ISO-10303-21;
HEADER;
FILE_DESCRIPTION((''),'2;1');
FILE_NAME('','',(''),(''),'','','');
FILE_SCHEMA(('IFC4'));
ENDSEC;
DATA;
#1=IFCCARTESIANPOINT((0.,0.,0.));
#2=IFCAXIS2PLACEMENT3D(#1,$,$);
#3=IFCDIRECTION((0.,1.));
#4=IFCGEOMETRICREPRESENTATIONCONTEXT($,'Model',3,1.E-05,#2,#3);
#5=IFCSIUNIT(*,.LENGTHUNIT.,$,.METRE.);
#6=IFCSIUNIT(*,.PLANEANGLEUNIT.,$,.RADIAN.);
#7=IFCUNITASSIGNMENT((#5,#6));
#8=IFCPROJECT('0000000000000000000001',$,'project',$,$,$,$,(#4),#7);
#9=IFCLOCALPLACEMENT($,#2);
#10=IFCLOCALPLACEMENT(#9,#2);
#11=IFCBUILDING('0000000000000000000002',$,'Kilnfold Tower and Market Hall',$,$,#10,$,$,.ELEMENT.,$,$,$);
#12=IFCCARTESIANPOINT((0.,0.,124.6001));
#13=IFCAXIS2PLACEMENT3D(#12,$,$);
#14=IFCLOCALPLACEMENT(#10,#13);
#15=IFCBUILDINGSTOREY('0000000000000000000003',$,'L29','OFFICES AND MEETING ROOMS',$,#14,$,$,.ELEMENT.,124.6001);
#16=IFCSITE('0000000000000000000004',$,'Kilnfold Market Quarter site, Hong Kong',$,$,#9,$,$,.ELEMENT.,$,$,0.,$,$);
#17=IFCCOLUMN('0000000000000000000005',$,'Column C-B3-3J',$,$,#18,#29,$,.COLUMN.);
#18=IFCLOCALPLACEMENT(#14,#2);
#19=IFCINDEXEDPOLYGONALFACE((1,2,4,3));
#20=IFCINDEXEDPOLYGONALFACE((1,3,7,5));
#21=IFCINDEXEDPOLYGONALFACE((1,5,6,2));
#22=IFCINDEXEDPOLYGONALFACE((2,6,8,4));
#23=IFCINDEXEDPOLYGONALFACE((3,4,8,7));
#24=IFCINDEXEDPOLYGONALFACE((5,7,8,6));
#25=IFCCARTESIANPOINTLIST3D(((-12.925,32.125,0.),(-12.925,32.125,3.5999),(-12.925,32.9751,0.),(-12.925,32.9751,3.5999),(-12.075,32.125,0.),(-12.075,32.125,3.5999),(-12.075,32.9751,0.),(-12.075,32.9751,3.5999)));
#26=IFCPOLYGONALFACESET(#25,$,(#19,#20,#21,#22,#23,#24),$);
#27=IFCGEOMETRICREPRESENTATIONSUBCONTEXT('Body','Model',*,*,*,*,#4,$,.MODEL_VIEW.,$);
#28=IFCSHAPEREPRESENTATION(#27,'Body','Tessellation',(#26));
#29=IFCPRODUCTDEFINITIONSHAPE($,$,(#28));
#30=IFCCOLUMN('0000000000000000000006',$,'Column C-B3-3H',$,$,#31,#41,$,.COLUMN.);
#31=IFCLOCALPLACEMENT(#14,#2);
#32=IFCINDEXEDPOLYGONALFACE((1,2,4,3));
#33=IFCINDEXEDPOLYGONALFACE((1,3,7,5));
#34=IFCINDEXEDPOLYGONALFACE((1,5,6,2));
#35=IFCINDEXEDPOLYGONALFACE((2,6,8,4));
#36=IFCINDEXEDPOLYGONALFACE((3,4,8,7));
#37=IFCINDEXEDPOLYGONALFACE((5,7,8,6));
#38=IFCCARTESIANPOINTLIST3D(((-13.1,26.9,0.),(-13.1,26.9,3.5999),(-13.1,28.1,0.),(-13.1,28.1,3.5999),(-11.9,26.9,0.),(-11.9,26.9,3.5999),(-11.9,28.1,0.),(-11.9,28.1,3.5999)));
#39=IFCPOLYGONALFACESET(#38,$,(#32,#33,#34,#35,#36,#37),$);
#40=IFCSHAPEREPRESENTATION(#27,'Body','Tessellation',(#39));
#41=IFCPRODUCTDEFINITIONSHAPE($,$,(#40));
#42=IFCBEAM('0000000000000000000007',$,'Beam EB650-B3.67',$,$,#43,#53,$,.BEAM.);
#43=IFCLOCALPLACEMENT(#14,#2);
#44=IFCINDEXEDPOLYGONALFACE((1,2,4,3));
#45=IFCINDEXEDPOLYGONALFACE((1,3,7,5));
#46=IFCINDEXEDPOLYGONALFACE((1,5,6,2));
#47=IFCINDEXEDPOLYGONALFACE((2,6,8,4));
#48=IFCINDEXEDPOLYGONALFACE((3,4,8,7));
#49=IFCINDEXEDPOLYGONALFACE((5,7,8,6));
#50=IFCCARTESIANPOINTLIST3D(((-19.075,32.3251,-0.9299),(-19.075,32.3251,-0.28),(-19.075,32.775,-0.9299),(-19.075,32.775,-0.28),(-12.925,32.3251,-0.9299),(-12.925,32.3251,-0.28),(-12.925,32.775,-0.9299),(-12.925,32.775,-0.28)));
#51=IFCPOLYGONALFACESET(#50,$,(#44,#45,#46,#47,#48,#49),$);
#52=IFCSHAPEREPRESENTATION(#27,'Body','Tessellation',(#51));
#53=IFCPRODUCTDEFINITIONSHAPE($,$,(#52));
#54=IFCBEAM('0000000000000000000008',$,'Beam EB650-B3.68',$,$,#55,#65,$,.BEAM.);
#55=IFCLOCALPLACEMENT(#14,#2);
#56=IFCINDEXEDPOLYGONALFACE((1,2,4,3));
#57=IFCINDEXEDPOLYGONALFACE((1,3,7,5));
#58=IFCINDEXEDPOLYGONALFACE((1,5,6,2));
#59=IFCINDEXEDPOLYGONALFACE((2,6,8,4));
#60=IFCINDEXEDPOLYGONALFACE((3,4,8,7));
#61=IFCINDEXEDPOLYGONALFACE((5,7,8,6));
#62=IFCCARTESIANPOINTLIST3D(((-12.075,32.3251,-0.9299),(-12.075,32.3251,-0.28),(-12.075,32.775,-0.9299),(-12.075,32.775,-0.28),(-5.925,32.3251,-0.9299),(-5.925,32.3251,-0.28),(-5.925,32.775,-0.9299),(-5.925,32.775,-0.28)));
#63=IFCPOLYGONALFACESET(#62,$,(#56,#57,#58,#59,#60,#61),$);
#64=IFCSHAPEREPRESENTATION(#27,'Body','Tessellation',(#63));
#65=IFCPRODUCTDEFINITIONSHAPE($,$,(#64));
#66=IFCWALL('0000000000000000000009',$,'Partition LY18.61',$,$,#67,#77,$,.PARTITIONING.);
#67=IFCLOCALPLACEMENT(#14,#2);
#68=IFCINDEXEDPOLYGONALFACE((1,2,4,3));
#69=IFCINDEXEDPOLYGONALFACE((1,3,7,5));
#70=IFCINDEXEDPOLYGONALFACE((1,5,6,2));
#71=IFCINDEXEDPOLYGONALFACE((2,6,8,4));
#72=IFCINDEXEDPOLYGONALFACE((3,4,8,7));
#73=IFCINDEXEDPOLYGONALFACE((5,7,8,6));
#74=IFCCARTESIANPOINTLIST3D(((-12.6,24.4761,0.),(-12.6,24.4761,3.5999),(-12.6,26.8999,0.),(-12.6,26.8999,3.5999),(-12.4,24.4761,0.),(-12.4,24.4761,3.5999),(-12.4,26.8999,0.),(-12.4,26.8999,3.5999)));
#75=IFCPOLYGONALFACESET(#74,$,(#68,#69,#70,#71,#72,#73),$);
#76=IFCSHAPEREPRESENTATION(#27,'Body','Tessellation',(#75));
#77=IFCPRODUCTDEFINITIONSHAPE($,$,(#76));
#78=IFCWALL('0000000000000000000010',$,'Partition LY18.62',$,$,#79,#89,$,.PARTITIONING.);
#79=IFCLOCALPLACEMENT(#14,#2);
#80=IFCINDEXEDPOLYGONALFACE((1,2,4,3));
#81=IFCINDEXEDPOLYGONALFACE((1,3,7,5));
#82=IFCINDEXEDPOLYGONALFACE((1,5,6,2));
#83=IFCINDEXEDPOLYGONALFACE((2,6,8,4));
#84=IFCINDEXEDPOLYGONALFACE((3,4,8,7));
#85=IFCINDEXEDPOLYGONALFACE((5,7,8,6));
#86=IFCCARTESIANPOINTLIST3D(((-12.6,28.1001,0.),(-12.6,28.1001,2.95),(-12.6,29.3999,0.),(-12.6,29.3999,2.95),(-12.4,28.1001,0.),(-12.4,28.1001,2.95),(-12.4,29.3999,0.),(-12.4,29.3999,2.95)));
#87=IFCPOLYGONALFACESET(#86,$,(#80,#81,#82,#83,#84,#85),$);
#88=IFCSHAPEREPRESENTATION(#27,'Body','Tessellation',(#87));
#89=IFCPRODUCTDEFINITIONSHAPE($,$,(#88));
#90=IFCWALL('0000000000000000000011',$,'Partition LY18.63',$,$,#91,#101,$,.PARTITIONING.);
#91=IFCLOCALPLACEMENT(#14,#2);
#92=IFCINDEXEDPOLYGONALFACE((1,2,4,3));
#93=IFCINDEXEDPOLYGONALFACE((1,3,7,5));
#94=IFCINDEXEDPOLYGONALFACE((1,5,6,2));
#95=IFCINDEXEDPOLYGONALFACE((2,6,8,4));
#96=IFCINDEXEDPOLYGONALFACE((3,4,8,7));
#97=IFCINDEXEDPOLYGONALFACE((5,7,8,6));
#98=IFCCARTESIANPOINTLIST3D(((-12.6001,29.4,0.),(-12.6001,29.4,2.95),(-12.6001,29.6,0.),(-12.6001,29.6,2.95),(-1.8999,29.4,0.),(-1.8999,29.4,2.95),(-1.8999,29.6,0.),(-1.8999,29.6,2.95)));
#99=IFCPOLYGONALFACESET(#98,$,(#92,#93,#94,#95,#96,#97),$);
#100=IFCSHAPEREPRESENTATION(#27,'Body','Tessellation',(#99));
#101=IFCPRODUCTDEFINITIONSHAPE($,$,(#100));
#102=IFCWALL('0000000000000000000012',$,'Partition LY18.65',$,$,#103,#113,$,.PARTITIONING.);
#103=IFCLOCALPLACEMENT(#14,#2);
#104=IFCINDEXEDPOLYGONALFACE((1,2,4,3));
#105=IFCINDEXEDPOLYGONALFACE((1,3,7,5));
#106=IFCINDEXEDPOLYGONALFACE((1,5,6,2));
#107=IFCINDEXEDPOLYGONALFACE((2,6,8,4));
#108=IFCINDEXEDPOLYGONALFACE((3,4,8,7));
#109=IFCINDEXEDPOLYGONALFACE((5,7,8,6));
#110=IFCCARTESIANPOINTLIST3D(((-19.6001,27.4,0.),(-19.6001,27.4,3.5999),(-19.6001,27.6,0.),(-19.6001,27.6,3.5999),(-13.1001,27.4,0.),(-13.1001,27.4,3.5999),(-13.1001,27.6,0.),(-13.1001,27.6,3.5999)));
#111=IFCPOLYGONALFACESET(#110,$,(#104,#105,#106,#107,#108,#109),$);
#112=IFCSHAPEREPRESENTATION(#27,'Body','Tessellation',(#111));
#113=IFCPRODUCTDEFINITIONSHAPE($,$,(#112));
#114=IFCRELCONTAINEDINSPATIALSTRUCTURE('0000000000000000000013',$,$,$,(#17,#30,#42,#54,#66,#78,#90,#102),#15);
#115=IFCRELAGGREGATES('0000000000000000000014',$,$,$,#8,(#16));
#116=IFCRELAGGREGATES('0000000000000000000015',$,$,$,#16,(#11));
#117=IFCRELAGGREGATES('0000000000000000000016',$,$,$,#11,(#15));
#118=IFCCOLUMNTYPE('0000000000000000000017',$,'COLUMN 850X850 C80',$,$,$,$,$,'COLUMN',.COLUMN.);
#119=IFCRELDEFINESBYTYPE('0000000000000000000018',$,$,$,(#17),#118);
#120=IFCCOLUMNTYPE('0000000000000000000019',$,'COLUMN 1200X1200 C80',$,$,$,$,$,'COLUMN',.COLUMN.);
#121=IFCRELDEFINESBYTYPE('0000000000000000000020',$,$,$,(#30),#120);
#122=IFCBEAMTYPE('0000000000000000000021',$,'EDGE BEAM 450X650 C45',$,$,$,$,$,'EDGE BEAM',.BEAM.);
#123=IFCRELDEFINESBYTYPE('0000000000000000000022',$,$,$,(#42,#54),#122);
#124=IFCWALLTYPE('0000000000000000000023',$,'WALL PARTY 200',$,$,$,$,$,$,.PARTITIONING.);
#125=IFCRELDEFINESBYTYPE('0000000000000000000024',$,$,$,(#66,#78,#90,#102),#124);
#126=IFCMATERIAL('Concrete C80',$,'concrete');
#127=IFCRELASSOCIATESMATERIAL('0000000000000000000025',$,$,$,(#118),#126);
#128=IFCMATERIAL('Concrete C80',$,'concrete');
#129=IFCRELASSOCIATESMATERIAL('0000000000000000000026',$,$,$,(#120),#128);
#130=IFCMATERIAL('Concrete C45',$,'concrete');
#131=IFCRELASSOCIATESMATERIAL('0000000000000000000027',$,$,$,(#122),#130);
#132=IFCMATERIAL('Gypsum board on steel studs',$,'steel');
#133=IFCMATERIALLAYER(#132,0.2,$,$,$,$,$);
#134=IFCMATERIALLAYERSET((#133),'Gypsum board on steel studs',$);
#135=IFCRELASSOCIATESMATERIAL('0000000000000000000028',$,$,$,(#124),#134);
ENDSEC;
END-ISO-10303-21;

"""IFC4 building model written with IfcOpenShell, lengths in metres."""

from ifc_helpers import new_model, si_unit, direction, frame, frame_2d, origin, origin_2d, place, context, subcontext, project, spatial, rectangle, extrude, source, transform, mapped, material, layer, layer_set, material_profile, profile_set, type_object, element, save


model = new_model("IFC4")

# Units and contexts
model_context = context("Model", 3, precision=1e-05, world=origin(), true_north=direction((0.0, 1.0)))
body_context = subcontext(model_context, "Body", "Model", "MODEL_VIEW")
ifc_project = project(units=[si_unit("LENGTHUNIT", "METRE"), si_unit("PLANEANGLEUNIT", "RADIAN")], contexts=[model_context])

# Site, building, storey
site_placement = place(None, origin())
site = spatial("IfcSite", under=ifc_project, at=site_placement, Name="Kilnfold Market Quarter site, Hong Kong", CompositionType="ELEMENT", RefElevation=0.0)
building_placement = place(site_placement, origin())
building = spatial("IfcBuilding", under=site, at=building_placement, Name="Kilnfold Tower and Market Hall", CompositionType="ELEMENT")
storey_placement = place(building_placement, frame((0.0, 0.0, 124.6001)))
storey = spatial("IfcBuildingStorey", under=building, at=storey_placement, Name="L29", Description="OFFICES AND MEETING ROOMS", CompositionType="ELEMENT", Elevation=124.6001)

# Columns
ifc_material_1 = material(Name="Concrete C80", Category="concrete")
ifc_material_profile_1 = material_profile(ifc_material_1, rectangle(XDim=0.8501, YDim=0.8501, at=origin_2d()), Name="RC 850x850")
ifc_profile_set_1 = profile_set([ifc_material_profile_1], Name="Concrete C80")
column_type_1 = type_object("IfcColumnType", Name="COLUMN 850X850 C80", ElementType="COLUMN", PredefinedType="COLUMN", material=ifc_profile_set_1)
shared_shape_1 = source(origin(), body_context, "Body", "SweptSolid", [
    extrude(rectangle(XDim=0.8501, YDim=0.8501, at=origin_2d()), origin(), (0.0, 0.0, 1.0), 3.5999),
])
column_1_placement = place(storey_placement, frame((-12.5, 32.55, 0.0), z_axis=(0.0, 0.0, 1.0), x_axis=(1.0, 0.0, 0.0)))
element("IfcColumn", 1, at=column_1_placement, inside=storey, type_object=column_type_1, Name="Column C-B3-3J", PredefinedType="COLUMN", context=body_context, shape_type="MappedRepresentation", body=[
    mapped(shared_shape_1, transform((0.0, 0.0, 0.0))),
])
ifc_material_2 = material(Name="Concrete C80", Category="concrete")
ifc_material_profile_2 = material_profile(ifc_material_2, rectangle(XDim=1.2, YDim=1.2, at=origin_2d()), Name="RC 1200x1200")
ifc_profile_set_2 = profile_set([ifc_material_profile_2], Name="Concrete C80")
column_type_2 = type_object("IfcColumnType", Name="COLUMN 1200X1200 C80", ElementType="COLUMN", PredefinedType="COLUMN", material=ifc_profile_set_2)
shared_shape_2 = source(origin(), body_context, "Body", "SweptSolid", [
    extrude(rectangle(XDim=1.2, YDim=1.2, at=origin_2d()), origin(), (0.0, 0.0, 1.0), 3.5999),
])
column_2_placement = place(storey_placement, frame((-12.5, 27.5, 0.0), z_axis=(0.0, 0.0, 1.0), x_axis=(1.0, 0.0, 0.0)))
element("IfcColumn", 2, at=column_2_placement, inside=storey, type_object=column_type_2, Name="Column C-B3-3H", PredefinedType="COLUMN", context=body_context, shape_type="MappedRepresentation", body=[
    mapped(shared_shape_2, transform((0.0, 0.0, 0.0))),
])

# Beams
ifc_material_3 = material(Name="Concrete C45", Category="concrete")
ifc_material_profile_3 = material_profile(ifc_material_3, rectangle(XDim=0.45, YDim=0.6499, at=origin_2d()), Name="RC 450x650")
ifc_profile_set_3 = profile_set([ifc_material_profile_3], Name="Concrete C45")
beam_type = type_object("IfcBeamType", Name="EDGE BEAM 450X650 C45", ElementType="EDGE BEAM", PredefinedType="BEAM", material=ifc_profile_set_3)
shared_shape_3 = source(origin(), body_context, "Body", "SweptSolid", [
    extrude(rectangle(XDim=0.45, YDim=0.6499, at=origin_2d()), origin(), (0.0, 0.0, 1.0), 6.1499),
])
for number, where, z_axis, x_axis, name in (
    (3, (-19.075, 32.55, -0.605), (1.0, 0.0, 0.0), (0.0, 1.0, 0.0), "Beam EB650-B3.67"),
    (4, (-12.075, 32.55, -0.605), (1.0, 0.0, 0.0), (0.0, 1.0, 0.0), "Beam EB650-B3.68"),
):
    element("IfcBeam", number, at=place(storey_placement, frame(where, z_axis=z_axis, x_axis=x_axis)), inside=storey, type_object=beam_type, Name=name, PredefinedType="BEAM", context=body_context, shape_type="MappedRepresentation", body=[
        mapped(shared_shape_3, transform((0.0, 0.0, 0.0))),
    ])

# Walls
ifc_material_4 = material(Name="Gypsum board on steel studs", Category="steel")
ifc_layer_1 = layer(ifc_material_4, 0.2)
ifc_layer_set_1 = layer_set([ifc_layer_1], Name="Gypsum board on steel studs")
wall_type_1 = type_object("IfcWallType", Name="WALL PARTY 200", PredefinedType="PARTITIONING", material=ifc_layer_set_1)
wall_1_placement = place(storey_placement, frame((-12.5, 24.4761, 0.0), z_axis=(0.0, 0.0, 1.0), x_axis=(0.0, 1.0, 0.0)))
element("IfcWall", 5, at=wall_1_placement, inside=storey, type_object=wall_type_1, Name="Partition LY18.61", PredefinedType="PARTITIONING", context=body_context, shape_type="SweptSolid", body=[
    extrude(rectangle(XDim=2.4238, YDim=0.2, at=frame_2d((1.2119, 0.0))), origin(), (0.0, 0.0, 1.0), 3.5999),
])
wall_2_placement = place(storey_placement, frame((-12.5, 28.1001, 0.0), z_axis=(0.0, 0.0, 1.0), x_axis=(0.0, 1.0, 0.0)))
element("IfcWall", 6, at=wall_2_placement, inside=storey, type_object=wall_type_1, Name="Partition LY18.62", PredefinedType="PARTITIONING", context=body_context, shape_type="SweptSolid", body=[
    extrude(rectangle(XDim=1.2998, YDim=0.2, at=frame_2d((0.6499, 0.0))), origin(), (0.0, 0.0, 1.0), 2.95),
])
wall_3_placement = place(storey_placement, frame((-12.6001, 29.5, 0.0), z_axis=(0.0, 0.0, 1.0), x_axis=(1.0, 0.0, 0.0)))
element("IfcWall", 7, at=wall_3_placement, inside=storey, type_object=wall_type_1, Name="Partition LY18.63", PredefinedType="PARTITIONING", context=body_context, shape_type="SweptSolid", body=[
    extrude(rectangle(XDim=10.7002, YDim=0.2, at=frame_2d((5.3501, 0.0))), origin(), (0.0, 0.0, 1.0), 2.95),
])
wall_4_placement = place(storey_placement, frame((-13.1001, 27.5, 0.0), z_axis=(0.0, 0.0, 1.0), x_axis=(-1.0, 0.0, 0.0)))
element("IfcWall", 8, at=wall_4_placement, inside=storey, type_object=wall_type_1, Name="Partition LY18.65", PredefinedType="PARTITIONING", context=body_context, shape_type="SweptSolid", body=[
    extrude(rectangle(XDim=6.5, YDim=0.2, at=frame_2d((3.25, 0.0))), origin(), (0.0, 0.0, 1.0), 3.5999),
])

save(model, "model.ifc")
